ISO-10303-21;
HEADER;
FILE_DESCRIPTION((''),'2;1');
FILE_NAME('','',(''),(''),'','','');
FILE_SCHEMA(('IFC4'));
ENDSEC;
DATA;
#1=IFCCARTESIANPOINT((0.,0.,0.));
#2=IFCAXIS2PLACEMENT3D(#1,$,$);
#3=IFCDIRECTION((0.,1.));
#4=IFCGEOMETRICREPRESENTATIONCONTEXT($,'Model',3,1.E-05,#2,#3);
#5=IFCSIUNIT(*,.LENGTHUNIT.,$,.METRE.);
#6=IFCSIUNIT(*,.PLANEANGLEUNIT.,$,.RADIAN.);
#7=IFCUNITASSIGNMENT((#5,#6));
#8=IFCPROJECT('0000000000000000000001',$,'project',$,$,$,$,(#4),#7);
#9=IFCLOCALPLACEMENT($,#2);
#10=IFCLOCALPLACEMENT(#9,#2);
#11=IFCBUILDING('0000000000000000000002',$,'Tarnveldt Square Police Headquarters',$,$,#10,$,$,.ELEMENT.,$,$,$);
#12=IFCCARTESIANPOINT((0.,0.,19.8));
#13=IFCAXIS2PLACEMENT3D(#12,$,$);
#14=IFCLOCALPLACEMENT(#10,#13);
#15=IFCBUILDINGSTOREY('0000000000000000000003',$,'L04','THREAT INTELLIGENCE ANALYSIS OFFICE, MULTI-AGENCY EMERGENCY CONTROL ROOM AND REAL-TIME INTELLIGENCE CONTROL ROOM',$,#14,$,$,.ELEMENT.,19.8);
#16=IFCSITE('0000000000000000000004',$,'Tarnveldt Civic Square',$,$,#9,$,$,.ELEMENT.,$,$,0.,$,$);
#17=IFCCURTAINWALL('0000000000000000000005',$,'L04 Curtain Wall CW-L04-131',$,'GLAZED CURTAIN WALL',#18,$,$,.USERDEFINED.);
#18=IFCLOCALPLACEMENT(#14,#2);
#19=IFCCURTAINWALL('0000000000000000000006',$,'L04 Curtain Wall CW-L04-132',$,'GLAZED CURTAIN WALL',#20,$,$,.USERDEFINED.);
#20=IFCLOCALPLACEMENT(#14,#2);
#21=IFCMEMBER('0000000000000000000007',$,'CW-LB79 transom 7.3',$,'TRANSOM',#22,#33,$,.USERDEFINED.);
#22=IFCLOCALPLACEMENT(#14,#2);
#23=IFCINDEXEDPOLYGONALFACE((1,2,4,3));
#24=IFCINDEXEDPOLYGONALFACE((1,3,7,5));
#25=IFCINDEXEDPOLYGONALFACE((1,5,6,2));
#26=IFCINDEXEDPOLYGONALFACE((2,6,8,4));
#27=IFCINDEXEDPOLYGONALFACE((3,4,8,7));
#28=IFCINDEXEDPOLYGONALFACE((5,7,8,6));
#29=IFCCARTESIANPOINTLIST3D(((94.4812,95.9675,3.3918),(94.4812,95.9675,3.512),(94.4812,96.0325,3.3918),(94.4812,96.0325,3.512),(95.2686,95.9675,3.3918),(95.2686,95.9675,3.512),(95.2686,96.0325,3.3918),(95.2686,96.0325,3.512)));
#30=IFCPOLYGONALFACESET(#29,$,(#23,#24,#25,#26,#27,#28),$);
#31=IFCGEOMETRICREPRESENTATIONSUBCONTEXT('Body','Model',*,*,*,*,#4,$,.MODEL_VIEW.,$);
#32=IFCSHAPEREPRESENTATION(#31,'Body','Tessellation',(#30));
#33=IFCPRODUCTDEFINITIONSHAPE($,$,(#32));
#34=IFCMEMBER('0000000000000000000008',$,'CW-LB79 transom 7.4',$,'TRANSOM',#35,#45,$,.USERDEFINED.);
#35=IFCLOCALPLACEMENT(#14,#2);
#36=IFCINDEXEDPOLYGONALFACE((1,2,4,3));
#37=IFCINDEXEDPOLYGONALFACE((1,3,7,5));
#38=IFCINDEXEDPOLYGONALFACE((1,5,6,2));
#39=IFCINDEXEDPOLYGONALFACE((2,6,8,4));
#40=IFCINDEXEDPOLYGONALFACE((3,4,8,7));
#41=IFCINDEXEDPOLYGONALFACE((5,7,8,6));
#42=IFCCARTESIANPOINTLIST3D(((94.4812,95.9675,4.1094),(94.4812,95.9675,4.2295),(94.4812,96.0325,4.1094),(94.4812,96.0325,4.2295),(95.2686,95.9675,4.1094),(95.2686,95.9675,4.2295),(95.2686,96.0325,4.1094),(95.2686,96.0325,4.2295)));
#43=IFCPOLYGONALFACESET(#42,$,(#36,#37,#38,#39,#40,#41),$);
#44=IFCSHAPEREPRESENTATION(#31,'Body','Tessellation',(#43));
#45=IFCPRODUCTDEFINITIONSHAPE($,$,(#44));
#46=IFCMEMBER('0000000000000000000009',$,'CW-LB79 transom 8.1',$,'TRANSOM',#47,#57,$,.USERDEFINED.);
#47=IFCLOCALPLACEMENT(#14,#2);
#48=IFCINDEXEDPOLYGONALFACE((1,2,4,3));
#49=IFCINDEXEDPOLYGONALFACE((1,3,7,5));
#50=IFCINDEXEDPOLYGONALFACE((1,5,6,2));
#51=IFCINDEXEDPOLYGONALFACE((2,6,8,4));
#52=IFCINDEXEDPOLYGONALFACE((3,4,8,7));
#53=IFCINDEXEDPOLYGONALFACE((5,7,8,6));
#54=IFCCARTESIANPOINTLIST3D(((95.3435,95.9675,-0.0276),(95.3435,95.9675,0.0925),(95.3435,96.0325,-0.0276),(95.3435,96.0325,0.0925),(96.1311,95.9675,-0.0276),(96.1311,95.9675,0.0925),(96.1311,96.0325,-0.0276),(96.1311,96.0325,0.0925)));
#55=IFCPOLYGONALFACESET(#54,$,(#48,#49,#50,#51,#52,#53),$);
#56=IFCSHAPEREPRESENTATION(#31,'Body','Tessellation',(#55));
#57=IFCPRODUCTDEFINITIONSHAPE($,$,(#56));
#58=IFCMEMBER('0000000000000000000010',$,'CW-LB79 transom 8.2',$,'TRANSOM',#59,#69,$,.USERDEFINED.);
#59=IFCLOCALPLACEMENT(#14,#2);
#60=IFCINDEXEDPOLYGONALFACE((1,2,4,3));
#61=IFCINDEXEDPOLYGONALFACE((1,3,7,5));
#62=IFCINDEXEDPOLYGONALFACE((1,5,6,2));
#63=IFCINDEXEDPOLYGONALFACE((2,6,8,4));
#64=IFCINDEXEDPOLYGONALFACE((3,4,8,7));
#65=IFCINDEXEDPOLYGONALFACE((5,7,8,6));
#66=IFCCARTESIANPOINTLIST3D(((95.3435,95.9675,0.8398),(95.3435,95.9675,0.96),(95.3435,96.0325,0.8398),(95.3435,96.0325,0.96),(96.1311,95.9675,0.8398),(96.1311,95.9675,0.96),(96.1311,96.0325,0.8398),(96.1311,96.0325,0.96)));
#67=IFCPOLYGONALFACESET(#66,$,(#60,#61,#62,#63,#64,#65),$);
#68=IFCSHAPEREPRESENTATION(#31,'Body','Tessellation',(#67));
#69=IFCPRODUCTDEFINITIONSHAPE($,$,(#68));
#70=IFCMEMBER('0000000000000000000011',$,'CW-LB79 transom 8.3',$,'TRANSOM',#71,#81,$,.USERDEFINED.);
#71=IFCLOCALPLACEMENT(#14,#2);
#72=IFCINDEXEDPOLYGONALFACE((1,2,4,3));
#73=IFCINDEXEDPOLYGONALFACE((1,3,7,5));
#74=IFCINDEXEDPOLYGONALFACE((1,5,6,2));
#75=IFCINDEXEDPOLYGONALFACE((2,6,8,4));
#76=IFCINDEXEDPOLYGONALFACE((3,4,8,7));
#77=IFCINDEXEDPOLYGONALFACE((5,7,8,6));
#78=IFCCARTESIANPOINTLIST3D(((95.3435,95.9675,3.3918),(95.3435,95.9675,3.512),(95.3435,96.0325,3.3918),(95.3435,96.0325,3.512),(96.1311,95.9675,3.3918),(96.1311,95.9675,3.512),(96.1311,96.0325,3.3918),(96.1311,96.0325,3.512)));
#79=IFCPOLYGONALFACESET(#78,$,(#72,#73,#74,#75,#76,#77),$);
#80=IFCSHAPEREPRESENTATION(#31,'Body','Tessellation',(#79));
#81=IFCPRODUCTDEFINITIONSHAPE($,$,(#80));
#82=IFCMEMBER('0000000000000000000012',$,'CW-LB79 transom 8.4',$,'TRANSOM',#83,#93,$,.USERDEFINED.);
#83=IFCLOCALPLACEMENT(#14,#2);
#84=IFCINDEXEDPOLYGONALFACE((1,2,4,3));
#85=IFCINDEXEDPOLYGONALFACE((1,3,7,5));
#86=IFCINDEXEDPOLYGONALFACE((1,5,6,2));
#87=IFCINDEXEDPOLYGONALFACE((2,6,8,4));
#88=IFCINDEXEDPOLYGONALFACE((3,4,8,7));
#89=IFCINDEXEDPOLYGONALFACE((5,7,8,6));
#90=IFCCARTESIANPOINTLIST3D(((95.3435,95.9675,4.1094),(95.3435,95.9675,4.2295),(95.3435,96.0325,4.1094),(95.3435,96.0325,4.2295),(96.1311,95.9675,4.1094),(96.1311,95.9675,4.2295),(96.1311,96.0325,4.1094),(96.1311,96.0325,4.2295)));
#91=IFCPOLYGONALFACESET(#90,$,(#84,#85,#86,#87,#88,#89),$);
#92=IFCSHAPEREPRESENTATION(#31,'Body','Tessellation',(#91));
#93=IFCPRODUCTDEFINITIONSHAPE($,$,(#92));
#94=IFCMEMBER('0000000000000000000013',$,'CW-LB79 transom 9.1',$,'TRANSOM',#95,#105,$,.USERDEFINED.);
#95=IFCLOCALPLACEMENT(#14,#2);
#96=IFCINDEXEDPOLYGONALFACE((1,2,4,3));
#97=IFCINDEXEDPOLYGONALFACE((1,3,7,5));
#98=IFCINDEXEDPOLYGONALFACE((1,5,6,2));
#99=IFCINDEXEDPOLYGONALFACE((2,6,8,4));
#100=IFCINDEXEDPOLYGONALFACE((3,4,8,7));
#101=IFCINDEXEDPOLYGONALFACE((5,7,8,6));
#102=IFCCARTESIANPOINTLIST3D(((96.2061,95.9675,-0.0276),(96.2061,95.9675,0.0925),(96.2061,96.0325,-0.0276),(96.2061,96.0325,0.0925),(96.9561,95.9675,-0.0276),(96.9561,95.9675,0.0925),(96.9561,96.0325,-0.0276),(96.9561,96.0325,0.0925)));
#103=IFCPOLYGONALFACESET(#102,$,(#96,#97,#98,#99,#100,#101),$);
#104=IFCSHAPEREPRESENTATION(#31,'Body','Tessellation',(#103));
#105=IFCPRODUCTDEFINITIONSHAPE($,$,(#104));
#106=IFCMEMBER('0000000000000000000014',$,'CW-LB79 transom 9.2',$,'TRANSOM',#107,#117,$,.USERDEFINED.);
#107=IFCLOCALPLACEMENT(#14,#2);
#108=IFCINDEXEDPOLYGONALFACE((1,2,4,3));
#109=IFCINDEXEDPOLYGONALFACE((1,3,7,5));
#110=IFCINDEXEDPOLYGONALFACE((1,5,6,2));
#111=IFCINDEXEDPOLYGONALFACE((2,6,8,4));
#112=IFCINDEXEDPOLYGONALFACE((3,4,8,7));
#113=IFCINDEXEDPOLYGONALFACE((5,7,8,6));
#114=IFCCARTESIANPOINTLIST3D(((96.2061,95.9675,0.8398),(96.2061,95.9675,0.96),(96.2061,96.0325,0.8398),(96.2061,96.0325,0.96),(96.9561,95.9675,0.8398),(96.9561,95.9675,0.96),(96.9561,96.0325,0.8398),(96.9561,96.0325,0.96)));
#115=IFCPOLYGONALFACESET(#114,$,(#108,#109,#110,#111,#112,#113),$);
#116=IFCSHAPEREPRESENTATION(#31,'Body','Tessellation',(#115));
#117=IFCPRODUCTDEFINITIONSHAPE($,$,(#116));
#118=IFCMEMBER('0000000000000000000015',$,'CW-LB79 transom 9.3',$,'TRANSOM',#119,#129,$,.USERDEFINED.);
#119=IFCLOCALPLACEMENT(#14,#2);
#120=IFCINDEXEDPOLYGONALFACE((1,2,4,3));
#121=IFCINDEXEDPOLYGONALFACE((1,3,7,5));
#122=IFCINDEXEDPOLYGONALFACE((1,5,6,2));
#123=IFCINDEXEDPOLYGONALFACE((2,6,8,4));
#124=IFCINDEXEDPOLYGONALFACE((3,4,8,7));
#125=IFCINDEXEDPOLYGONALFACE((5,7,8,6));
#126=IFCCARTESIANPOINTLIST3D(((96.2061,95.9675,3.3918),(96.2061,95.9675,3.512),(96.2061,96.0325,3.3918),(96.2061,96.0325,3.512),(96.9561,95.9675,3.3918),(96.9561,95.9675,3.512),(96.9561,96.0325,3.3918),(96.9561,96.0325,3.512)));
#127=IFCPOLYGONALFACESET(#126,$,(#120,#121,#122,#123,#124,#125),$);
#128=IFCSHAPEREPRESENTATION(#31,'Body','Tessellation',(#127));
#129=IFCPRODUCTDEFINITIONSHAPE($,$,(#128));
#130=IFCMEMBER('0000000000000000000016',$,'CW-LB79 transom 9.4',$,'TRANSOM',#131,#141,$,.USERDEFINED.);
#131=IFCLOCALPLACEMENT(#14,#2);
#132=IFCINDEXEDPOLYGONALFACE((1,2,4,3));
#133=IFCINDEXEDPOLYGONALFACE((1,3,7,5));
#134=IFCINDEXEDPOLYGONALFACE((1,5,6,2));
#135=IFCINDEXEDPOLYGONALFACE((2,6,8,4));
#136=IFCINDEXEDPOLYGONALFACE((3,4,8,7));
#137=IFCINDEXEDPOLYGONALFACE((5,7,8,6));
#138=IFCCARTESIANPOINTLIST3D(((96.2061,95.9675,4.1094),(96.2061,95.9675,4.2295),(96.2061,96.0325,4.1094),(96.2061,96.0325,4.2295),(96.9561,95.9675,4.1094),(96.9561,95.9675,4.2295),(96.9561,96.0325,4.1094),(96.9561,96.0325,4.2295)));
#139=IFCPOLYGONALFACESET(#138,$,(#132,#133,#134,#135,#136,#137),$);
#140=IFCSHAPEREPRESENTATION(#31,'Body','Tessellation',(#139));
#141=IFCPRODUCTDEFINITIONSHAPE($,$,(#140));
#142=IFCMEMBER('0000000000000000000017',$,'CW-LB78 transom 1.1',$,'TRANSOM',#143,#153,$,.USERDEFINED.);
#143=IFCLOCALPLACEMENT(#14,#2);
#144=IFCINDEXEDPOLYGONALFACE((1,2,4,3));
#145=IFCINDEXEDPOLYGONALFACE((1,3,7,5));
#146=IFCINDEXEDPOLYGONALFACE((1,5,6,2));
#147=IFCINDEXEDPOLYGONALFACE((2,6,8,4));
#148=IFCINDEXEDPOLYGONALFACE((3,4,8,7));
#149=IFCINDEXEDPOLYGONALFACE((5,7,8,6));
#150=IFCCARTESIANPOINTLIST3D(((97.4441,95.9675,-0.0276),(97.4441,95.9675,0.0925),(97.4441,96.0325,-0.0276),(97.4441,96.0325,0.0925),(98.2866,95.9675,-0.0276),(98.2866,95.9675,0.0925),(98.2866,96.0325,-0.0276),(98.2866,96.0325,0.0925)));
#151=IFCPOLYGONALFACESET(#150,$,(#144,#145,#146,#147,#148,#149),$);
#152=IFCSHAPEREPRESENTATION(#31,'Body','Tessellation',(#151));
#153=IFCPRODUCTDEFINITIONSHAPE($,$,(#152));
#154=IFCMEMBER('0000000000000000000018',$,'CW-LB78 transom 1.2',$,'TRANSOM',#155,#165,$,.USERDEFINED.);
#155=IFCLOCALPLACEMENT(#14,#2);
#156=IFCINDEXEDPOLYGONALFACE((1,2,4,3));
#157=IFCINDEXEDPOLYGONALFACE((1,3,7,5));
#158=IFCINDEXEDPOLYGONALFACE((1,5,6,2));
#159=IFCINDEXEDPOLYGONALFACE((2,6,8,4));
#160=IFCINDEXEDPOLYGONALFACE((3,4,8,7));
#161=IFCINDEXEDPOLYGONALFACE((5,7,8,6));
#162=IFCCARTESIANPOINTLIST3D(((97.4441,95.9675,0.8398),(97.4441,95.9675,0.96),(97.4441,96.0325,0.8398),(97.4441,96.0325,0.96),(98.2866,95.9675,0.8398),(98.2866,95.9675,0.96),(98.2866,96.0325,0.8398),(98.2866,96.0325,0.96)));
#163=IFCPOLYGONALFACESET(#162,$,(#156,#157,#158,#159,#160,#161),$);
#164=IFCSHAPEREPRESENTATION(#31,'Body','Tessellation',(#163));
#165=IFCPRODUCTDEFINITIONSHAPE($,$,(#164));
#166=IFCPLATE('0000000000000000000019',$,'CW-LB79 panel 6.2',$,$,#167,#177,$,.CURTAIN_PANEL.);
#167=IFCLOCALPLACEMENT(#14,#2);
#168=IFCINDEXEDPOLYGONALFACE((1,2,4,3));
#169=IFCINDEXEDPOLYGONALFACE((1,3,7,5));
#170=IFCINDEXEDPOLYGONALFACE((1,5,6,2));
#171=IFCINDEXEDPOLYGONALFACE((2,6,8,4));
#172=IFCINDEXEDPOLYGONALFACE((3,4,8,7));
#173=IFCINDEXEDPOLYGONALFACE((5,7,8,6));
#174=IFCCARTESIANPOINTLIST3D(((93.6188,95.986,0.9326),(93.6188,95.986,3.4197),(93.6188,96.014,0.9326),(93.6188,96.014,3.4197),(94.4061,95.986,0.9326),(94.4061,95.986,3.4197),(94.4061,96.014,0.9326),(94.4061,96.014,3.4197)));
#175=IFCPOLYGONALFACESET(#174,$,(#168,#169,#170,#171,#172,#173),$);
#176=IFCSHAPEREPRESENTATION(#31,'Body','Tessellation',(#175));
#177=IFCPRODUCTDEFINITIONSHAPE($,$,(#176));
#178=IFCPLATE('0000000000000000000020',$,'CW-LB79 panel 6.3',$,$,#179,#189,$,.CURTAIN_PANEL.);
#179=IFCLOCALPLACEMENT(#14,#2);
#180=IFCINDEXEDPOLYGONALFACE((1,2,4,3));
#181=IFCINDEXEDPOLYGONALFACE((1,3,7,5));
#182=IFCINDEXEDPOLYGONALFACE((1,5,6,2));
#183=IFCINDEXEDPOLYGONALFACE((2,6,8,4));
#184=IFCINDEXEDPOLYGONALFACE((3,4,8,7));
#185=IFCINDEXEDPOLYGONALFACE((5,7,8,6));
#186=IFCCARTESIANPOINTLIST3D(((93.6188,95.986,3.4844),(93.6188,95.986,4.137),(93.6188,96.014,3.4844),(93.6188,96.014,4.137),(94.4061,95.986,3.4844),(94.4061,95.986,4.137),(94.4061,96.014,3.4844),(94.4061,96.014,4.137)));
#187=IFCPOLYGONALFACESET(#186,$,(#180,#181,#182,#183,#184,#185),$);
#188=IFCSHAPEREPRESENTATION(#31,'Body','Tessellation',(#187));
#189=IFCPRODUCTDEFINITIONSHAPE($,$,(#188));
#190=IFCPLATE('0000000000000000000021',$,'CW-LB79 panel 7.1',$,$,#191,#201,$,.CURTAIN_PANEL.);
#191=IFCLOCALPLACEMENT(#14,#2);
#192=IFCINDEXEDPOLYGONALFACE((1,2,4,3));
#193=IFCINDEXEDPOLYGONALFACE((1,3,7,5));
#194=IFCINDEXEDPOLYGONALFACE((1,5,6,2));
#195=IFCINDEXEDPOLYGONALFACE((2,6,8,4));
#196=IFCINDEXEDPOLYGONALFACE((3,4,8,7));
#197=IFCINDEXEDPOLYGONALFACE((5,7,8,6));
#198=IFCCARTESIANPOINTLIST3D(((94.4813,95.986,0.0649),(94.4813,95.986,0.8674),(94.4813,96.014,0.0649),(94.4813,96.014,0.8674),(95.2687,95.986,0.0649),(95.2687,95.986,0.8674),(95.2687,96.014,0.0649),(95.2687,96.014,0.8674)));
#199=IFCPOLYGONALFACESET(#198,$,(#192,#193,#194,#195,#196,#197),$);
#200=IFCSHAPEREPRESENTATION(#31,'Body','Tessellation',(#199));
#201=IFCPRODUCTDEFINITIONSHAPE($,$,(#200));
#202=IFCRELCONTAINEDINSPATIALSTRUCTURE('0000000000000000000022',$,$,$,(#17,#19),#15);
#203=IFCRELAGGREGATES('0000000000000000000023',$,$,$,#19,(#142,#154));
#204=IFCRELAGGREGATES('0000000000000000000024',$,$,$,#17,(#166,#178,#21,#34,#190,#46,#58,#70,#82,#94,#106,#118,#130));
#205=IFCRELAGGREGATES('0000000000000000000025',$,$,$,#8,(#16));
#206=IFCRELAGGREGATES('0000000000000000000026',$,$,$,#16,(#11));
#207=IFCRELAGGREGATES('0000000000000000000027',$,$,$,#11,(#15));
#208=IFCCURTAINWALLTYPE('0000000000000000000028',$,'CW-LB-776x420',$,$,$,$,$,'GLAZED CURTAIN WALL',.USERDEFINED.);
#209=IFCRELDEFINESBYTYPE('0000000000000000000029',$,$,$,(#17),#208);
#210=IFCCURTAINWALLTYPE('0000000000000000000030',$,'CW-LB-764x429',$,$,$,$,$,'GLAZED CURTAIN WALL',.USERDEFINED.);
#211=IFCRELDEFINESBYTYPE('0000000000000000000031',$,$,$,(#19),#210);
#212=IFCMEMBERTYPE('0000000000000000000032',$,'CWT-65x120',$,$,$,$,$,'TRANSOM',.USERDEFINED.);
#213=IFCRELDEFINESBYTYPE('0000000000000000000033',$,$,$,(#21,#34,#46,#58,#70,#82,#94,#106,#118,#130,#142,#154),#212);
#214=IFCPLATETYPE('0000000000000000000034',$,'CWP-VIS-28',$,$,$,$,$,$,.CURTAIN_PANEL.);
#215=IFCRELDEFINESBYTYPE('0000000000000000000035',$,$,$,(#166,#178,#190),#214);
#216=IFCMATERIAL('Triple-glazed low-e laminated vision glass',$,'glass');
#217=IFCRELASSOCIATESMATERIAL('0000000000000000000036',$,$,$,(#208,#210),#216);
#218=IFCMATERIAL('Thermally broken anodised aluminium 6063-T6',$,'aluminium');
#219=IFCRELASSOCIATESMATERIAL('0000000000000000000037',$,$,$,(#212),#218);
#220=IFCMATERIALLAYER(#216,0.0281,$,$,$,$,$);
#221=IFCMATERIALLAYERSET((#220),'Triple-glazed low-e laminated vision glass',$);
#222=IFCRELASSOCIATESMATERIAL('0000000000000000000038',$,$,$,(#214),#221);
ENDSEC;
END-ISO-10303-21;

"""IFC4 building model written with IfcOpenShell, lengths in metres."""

from ifc_helpers import new_model, si_unit, direction, frame, origin, origin_2d, place, context, subcontext, project, spatial, rectangle, extrude, material, layer, layer_set, material_profile, profile_set, type_object, element, aggregate, save


model = new_model("IFC4")

# Units and contexts
model_context = context("Model", 3, precision=1e-05, world=origin(), true_north=direction((0.0, 1.0)))
body_context = subcontext(model_context, "Body", "Model", "MODEL_VIEW")
ifc_project = project(units=[si_unit("LENGTHUNIT", "METRE"), si_unit("PLANEANGLEUNIT", "RADIAN")], contexts=[model_context])

# Site, building, storey
site_placement = place(None, origin())
site = spatial("IfcSite", under=ifc_project, at=site_placement, Name="Tarnveldt Civic Square", CompositionType="ELEMENT", RefElevation=0.0)
building_placement = place(site_placement, origin())
building = spatial("IfcBuilding", under=site, at=building_placement, Name="Tarnveldt Square Police Headquarters", CompositionType="ELEMENT")
storey_placement = place(building_placement, frame((0.0, 0.0, 19.8)))
storey = spatial("IfcBuildingStorey", under=building, at=storey_placement, Name="L04", Description="THREAT INTELLIGENCE ANALYSIS OFFICE, MULTI-AGENCY EMERGENCY CONTROL ROOM AND REAL-TIME INTELLIGENCE CONTROL ROOM", CompositionType="ELEMENT", Elevation=19.8)

# Curtain wall
ifc_material_1 = material(Name="Triple-glazed low-e laminated vision glass", Category="glass")
curtain_wall_type_1 = type_object("IfcCurtainWallType", Name="CW-LB-776x420", ElementType="GLAZED CURTAIN WALL", PredefinedType="USERDEFINED", material=ifc_material_1)
curtain_wall_1_placement = place(storey_placement, origin())
curtain_wall_1 = element("IfcCurtainWall", 1, at=curtain_wall_1_placement, inside=storey, type_object=curtain_wall_type_1, Name="L04 Curtain Wall CW-L04-131", ObjectType="GLAZED CURTAIN WALL", PredefinedType="USERDEFINED")
ifc_material_2 = material(Name="Thermally broken anodised aluminium 6063-T6", Category="aluminium")

# Curtain wall
curtain_wall_type_2 = type_object("IfcCurtainWallType", Name="CW-LB-764x429", ElementType="GLAZED CURTAIN WALL", PredefinedType="USERDEFINED", material=ifc_material_1)
curtain_wall_2_placement = place(storey_placement, origin())
curtain_wall_2 = element("IfcCurtainWall", 2, at=curtain_wall_2_placement, inside=storey, type_object=curtain_wall_type_2, Name="L04 Curtain Wall CW-L04-132", ObjectType="GLAZED CURTAIN WALL", PredefinedType="USERDEFINED")

# Members
ifc_material_profile_1 = material_profile(ifc_material_2, rectangle(XDim=0.0649, YDim=0.1201, at=origin_2d()), Name="CW-T65x120")
ifc_profile_set_1 = profile_set([ifc_material_profile_1], Name="Thermally broken anodised aluminium 6063-T6")
member_type_1 = type_object("IfcMemberType", Name="CWT-65x120", ElementType="TRANSOM", PredefinedType="USERDEFINED", material=ifc_profile_set_1)
member_1_placement = place(storey_placement, frame((94.4812, 96.0, 3.4519), z_axis=(1.0, 0.0, 0.0), x_axis=(0.0, 1.0, 0.0)))
member_1 = element("IfcMember", 3, at=member_1_placement, type_object=member_type_1, Name="CW-LB79 transom 7.3", ObjectType="TRANSOM", PredefinedType="USERDEFINED", context=body_context, shape_type="SweptSolid", body=[
    extrude(rectangle(XDim=0.0649, YDim=0.1201, at=origin_2d()), origin(), (0.0, 0.0, 1.0), 0.7874),
])
member_2_placement = place(storey_placement, frame((94.4812, 96.0, 4.1694), z_axis=(1.0, 0.0, 0.0), x_axis=(0.0, 1.0, 0.0)))
member_2 = element("IfcMember", 4, at=member_2_placement, type_object=member_type_1, Name="CW-LB79 transom 7.4", ObjectType="TRANSOM", PredefinedType="USERDEFINED", context=body_context, shape_type="SweptSolid", body=[
    extrude(rectangle(XDim=0.0649, YDim=0.1201, at=origin_2d()), origin(), (0.0, 0.0, 1.0), 0.7874),
])
member_3_placement = place(storey_placement, frame((95.3435, 96.0, 0.0325), z_axis=(1.0, 0.0, 0.0), x_axis=(0.0, 1.0, 0.0)))
member_3 = element("IfcMember", 5, at=member_3_placement, type_object=member_type_1, Name="CW-LB79 transom 8.1", ObjectType="TRANSOM", PredefinedType="USERDEFINED", context=body_context, shape_type="SweptSolid", body=[
    extrude(rectangle(XDim=0.0649, YDim=0.1201, at=origin_2d()), origin(), (0.0, 0.0, 1.0), 0.7876),
])
member_4_placement = place(storey_placement, frame((95.3435, 96.0, 0.8999), z_axis=(1.0, 0.0, 0.0), x_axis=(0.0, 1.0, 0.0)))
member_4 = element("IfcMember", 6, at=member_4_placement, type_object=member_type_1, Name="CW-LB79 transom 8.2", ObjectType="TRANSOM", PredefinedType="USERDEFINED", context=body_context, shape_type="SweptSolid", body=[
    extrude(rectangle(XDim=0.0649, YDim=0.1201, at=origin_2d()), origin(), (0.0, 0.0, 1.0), 0.7876),
])
member_5_placement = place(storey_placement, frame((95.3435, 96.0, 3.4519), z_axis=(1.0, 0.0, 0.0), x_axis=(0.0, 1.0, 0.0)))
member_5 = element("IfcMember", 7, at=member_5_placement, type_object=member_type_1, Name="CW-LB79 transom 8.3", ObjectType="TRANSOM", PredefinedType="USERDEFINED", context=body_context, shape_type="SweptSolid", body=[
    extrude(rectangle(XDim=0.0649, YDim=0.1201, at=origin_2d()), origin(), (0.0, 0.0, 1.0), 0.7876),
])
member_6_placement = place(storey_placement, frame((95.3435, 96.0, 4.1694), z_axis=(1.0, 0.0, 0.0), x_axis=(0.0, 1.0, 0.0)))
member_6 = element("IfcMember", 8, at=member_6_placement, type_object=member_type_1, Name="CW-LB79 transom 8.4", ObjectType="TRANSOM", PredefinedType="USERDEFINED", context=body_context, shape_type="SweptSolid", body=[
    extrude(rectangle(XDim=0.0649, YDim=0.1201, at=origin_2d()), origin(), (0.0, 0.0, 1.0), 0.7876),
])
member_7_placement = place(storey_placement, frame((96.2061, 96.0, 0.0325), z_axis=(1.0, 0.0, 0.0), x_axis=(0.0, 1.0, 0.0)))
member_7 = element("IfcMember", 9, at=member_7_placement, type_object=member_type_1, Name="CW-LB79 transom 9.1", ObjectType="TRANSOM", PredefinedType="USERDEFINED", context=body_context, shape_type="SweptSolid", body=[
    extrude(rectangle(XDim=0.0649, YDim=0.1201, at=origin_2d()), origin(), (0.0, 0.0, 1.0), 0.75),
])
member_8_placement = place(storey_placement, frame((96.2061, 96.0, 0.8999), z_axis=(1.0, 0.0, 0.0), x_axis=(0.0, 1.0, 0.0)))
member_8 = element("IfcMember", 10, at=member_8_placement, type_object=member_type_1, Name="CW-LB79 transom 9.2", ObjectType="TRANSOM", PredefinedType="USERDEFINED", context=body_context, shape_type="SweptSolid", body=[
    extrude(rectangle(XDim=0.0649, YDim=0.1201, at=origin_2d()), origin(), (0.0, 0.0, 1.0), 0.75),
])
member_9_placement = place(storey_placement, frame((96.2061, 96.0, 3.4519), z_axis=(1.0, 0.0, 0.0), x_axis=(0.0, 1.0, 0.0)))
member_9 = element("IfcMember", 11, at=member_9_placement, type_object=member_type_1, Name="CW-LB79 transom 9.3", ObjectType="TRANSOM", PredefinedType="USERDEFINED", context=body_context, shape_type="SweptSolid", body=[
    extrude(rectangle(XDim=0.0649, YDim=0.1201, at=origin_2d()), origin(), (0.0, 0.0, 1.0), 0.75),
])
member_10_placement = place(storey_placement, frame((96.2061, 96.0, 4.1694), z_axis=(1.0, 0.0, 0.0), x_axis=(0.0, 1.0, 0.0)))
member_10 = element("IfcMember", 12, at=member_10_placement, type_object=member_type_1, Name="CW-LB79 transom 9.4", ObjectType="TRANSOM", PredefinedType="USERDEFINED", context=body_context, shape_type="SweptSolid", body=[
    extrude(rectangle(XDim=0.0649, YDim=0.1201, at=origin_2d()), origin(), (0.0, 0.0, 1.0), 0.75),
])
member_11_placement = place(storey_placement, frame((97.4441, 96.0, 0.0325), z_axis=(1.0, 0.0, 0.0), x_axis=(0.0, 1.0, 0.0)))
member_11 = element("IfcMember", 13, at=member_11_placement, type_object=member_type_1, Name="CW-LB78 transom 1.1", ObjectType="TRANSOM", PredefinedType="USERDEFINED", context=body_context, shape_type="SweptSolid", body=[
    extrude(rectangle(XDim=0.0649, YDim=0.1201, at=origin_2d()), origin(), (0.0, 0.0, 1.0), 0.8425),
])
member_12_placement = place(storey_placement, frame((97.4441, 96.0, 0.8999), z_axis=(1.0, 0.0, 0.0), x_axis=(0.0, 1.0, 0.0)))
member_12 = element("IfcMember", 14, at=member_12_placement, type_object=member_type_1, Name="CW-LB78 transom 1.2", ObjectType="TRANSOM", PredefinedType="USERDEFINED", context=body_context, shape_type="SweptSolid", body=[
    extrude(rectangle(XDim=0.0649, YDim=0.1201, at=origin_2d()), origin(), (0.0, 0.0, 1.0), 0.8425),
])
aggregate(curtain_wall_2, [member_11, member_12])

# Plates
ifc_layer = layer(ifc_material_1, 0.0281)
ifc_layer_set = layer_set([ifc_layer], Name="Triple-glazed low-e laminated vision glass")
plate_type = type_object("IfcPlateType", Name="CWP-VIS-28", PredefinedType="CURTAIN_PANEL", material=ifc_layer_set)
plate_1_placement = place(storey_placement, frame((94.0125, 96.0, 0.9326), z_axis=(0.0, 0.0, 1.0), x_axis=(1.0, 0.0, 0.0)))
plate_1 = element("IfcPlate", 15, at=plate_1_placement, type_object=plate_type, Name="CW-LB79 panel 6.2", PredefinedType="CURTAIN_PANEL", context=body_context, shape_type="SweptSolid", body=[
    extrude(rectangle(XDim=0.7874, YDim=0.0281, at=origin_2d()), origin(), (0.0, 0.0, 1.0), 2.4871),
])
plate_2_placement = place(storey_placement, frame((94.0125, 96.0, 3.4844), z_axis=(0.0, 0.0, 1.0), x_axis=(1.0, 0.0, 0.0)))
plate_2 = element("IfcPlate", 16, at=plate_2_placement, type_object=plate_type, Name="CW-LB79 panel 6.3", PredefinedType="CURTAIN_PANEL", context=body_context, shape_type="SweptSolid", body=[
    extrude(rectangle(XDim=0.7874, YDim=0.0281, at=origin_2d()), origin(), (0.0, 0.0, 1.0), 0.6526),
])
plate_3_placement = place(storey_placement, frame((94.875, 96.0, 0.0649), z_axis=(0.0, 0.0, 1.0), x_axis=(1.0, 0.0, 0.0)))
plate_3 = element("IfcPlate", 17, at=plate_3_placement, type_object=plate_type, Name="CW-LB79 panel 7.1", PredefinedType="CURTAIN_PANEL", context=body_context, shape_type="SweptSolid", body=[
    extrude(rectangle(XDim=0.7874, YDim=0.0281, at=origin_2d()), origin(), (0.0, 0.0, 1.0), 0.8025),
])
aggregate(curtain_wall_1, [plate_1, plate_2, member_1, member_2, plate_3, member_3, member_4, member_5, member_6, member_7, member_8, member_9, member_10])

save(model, "model.ifc")
